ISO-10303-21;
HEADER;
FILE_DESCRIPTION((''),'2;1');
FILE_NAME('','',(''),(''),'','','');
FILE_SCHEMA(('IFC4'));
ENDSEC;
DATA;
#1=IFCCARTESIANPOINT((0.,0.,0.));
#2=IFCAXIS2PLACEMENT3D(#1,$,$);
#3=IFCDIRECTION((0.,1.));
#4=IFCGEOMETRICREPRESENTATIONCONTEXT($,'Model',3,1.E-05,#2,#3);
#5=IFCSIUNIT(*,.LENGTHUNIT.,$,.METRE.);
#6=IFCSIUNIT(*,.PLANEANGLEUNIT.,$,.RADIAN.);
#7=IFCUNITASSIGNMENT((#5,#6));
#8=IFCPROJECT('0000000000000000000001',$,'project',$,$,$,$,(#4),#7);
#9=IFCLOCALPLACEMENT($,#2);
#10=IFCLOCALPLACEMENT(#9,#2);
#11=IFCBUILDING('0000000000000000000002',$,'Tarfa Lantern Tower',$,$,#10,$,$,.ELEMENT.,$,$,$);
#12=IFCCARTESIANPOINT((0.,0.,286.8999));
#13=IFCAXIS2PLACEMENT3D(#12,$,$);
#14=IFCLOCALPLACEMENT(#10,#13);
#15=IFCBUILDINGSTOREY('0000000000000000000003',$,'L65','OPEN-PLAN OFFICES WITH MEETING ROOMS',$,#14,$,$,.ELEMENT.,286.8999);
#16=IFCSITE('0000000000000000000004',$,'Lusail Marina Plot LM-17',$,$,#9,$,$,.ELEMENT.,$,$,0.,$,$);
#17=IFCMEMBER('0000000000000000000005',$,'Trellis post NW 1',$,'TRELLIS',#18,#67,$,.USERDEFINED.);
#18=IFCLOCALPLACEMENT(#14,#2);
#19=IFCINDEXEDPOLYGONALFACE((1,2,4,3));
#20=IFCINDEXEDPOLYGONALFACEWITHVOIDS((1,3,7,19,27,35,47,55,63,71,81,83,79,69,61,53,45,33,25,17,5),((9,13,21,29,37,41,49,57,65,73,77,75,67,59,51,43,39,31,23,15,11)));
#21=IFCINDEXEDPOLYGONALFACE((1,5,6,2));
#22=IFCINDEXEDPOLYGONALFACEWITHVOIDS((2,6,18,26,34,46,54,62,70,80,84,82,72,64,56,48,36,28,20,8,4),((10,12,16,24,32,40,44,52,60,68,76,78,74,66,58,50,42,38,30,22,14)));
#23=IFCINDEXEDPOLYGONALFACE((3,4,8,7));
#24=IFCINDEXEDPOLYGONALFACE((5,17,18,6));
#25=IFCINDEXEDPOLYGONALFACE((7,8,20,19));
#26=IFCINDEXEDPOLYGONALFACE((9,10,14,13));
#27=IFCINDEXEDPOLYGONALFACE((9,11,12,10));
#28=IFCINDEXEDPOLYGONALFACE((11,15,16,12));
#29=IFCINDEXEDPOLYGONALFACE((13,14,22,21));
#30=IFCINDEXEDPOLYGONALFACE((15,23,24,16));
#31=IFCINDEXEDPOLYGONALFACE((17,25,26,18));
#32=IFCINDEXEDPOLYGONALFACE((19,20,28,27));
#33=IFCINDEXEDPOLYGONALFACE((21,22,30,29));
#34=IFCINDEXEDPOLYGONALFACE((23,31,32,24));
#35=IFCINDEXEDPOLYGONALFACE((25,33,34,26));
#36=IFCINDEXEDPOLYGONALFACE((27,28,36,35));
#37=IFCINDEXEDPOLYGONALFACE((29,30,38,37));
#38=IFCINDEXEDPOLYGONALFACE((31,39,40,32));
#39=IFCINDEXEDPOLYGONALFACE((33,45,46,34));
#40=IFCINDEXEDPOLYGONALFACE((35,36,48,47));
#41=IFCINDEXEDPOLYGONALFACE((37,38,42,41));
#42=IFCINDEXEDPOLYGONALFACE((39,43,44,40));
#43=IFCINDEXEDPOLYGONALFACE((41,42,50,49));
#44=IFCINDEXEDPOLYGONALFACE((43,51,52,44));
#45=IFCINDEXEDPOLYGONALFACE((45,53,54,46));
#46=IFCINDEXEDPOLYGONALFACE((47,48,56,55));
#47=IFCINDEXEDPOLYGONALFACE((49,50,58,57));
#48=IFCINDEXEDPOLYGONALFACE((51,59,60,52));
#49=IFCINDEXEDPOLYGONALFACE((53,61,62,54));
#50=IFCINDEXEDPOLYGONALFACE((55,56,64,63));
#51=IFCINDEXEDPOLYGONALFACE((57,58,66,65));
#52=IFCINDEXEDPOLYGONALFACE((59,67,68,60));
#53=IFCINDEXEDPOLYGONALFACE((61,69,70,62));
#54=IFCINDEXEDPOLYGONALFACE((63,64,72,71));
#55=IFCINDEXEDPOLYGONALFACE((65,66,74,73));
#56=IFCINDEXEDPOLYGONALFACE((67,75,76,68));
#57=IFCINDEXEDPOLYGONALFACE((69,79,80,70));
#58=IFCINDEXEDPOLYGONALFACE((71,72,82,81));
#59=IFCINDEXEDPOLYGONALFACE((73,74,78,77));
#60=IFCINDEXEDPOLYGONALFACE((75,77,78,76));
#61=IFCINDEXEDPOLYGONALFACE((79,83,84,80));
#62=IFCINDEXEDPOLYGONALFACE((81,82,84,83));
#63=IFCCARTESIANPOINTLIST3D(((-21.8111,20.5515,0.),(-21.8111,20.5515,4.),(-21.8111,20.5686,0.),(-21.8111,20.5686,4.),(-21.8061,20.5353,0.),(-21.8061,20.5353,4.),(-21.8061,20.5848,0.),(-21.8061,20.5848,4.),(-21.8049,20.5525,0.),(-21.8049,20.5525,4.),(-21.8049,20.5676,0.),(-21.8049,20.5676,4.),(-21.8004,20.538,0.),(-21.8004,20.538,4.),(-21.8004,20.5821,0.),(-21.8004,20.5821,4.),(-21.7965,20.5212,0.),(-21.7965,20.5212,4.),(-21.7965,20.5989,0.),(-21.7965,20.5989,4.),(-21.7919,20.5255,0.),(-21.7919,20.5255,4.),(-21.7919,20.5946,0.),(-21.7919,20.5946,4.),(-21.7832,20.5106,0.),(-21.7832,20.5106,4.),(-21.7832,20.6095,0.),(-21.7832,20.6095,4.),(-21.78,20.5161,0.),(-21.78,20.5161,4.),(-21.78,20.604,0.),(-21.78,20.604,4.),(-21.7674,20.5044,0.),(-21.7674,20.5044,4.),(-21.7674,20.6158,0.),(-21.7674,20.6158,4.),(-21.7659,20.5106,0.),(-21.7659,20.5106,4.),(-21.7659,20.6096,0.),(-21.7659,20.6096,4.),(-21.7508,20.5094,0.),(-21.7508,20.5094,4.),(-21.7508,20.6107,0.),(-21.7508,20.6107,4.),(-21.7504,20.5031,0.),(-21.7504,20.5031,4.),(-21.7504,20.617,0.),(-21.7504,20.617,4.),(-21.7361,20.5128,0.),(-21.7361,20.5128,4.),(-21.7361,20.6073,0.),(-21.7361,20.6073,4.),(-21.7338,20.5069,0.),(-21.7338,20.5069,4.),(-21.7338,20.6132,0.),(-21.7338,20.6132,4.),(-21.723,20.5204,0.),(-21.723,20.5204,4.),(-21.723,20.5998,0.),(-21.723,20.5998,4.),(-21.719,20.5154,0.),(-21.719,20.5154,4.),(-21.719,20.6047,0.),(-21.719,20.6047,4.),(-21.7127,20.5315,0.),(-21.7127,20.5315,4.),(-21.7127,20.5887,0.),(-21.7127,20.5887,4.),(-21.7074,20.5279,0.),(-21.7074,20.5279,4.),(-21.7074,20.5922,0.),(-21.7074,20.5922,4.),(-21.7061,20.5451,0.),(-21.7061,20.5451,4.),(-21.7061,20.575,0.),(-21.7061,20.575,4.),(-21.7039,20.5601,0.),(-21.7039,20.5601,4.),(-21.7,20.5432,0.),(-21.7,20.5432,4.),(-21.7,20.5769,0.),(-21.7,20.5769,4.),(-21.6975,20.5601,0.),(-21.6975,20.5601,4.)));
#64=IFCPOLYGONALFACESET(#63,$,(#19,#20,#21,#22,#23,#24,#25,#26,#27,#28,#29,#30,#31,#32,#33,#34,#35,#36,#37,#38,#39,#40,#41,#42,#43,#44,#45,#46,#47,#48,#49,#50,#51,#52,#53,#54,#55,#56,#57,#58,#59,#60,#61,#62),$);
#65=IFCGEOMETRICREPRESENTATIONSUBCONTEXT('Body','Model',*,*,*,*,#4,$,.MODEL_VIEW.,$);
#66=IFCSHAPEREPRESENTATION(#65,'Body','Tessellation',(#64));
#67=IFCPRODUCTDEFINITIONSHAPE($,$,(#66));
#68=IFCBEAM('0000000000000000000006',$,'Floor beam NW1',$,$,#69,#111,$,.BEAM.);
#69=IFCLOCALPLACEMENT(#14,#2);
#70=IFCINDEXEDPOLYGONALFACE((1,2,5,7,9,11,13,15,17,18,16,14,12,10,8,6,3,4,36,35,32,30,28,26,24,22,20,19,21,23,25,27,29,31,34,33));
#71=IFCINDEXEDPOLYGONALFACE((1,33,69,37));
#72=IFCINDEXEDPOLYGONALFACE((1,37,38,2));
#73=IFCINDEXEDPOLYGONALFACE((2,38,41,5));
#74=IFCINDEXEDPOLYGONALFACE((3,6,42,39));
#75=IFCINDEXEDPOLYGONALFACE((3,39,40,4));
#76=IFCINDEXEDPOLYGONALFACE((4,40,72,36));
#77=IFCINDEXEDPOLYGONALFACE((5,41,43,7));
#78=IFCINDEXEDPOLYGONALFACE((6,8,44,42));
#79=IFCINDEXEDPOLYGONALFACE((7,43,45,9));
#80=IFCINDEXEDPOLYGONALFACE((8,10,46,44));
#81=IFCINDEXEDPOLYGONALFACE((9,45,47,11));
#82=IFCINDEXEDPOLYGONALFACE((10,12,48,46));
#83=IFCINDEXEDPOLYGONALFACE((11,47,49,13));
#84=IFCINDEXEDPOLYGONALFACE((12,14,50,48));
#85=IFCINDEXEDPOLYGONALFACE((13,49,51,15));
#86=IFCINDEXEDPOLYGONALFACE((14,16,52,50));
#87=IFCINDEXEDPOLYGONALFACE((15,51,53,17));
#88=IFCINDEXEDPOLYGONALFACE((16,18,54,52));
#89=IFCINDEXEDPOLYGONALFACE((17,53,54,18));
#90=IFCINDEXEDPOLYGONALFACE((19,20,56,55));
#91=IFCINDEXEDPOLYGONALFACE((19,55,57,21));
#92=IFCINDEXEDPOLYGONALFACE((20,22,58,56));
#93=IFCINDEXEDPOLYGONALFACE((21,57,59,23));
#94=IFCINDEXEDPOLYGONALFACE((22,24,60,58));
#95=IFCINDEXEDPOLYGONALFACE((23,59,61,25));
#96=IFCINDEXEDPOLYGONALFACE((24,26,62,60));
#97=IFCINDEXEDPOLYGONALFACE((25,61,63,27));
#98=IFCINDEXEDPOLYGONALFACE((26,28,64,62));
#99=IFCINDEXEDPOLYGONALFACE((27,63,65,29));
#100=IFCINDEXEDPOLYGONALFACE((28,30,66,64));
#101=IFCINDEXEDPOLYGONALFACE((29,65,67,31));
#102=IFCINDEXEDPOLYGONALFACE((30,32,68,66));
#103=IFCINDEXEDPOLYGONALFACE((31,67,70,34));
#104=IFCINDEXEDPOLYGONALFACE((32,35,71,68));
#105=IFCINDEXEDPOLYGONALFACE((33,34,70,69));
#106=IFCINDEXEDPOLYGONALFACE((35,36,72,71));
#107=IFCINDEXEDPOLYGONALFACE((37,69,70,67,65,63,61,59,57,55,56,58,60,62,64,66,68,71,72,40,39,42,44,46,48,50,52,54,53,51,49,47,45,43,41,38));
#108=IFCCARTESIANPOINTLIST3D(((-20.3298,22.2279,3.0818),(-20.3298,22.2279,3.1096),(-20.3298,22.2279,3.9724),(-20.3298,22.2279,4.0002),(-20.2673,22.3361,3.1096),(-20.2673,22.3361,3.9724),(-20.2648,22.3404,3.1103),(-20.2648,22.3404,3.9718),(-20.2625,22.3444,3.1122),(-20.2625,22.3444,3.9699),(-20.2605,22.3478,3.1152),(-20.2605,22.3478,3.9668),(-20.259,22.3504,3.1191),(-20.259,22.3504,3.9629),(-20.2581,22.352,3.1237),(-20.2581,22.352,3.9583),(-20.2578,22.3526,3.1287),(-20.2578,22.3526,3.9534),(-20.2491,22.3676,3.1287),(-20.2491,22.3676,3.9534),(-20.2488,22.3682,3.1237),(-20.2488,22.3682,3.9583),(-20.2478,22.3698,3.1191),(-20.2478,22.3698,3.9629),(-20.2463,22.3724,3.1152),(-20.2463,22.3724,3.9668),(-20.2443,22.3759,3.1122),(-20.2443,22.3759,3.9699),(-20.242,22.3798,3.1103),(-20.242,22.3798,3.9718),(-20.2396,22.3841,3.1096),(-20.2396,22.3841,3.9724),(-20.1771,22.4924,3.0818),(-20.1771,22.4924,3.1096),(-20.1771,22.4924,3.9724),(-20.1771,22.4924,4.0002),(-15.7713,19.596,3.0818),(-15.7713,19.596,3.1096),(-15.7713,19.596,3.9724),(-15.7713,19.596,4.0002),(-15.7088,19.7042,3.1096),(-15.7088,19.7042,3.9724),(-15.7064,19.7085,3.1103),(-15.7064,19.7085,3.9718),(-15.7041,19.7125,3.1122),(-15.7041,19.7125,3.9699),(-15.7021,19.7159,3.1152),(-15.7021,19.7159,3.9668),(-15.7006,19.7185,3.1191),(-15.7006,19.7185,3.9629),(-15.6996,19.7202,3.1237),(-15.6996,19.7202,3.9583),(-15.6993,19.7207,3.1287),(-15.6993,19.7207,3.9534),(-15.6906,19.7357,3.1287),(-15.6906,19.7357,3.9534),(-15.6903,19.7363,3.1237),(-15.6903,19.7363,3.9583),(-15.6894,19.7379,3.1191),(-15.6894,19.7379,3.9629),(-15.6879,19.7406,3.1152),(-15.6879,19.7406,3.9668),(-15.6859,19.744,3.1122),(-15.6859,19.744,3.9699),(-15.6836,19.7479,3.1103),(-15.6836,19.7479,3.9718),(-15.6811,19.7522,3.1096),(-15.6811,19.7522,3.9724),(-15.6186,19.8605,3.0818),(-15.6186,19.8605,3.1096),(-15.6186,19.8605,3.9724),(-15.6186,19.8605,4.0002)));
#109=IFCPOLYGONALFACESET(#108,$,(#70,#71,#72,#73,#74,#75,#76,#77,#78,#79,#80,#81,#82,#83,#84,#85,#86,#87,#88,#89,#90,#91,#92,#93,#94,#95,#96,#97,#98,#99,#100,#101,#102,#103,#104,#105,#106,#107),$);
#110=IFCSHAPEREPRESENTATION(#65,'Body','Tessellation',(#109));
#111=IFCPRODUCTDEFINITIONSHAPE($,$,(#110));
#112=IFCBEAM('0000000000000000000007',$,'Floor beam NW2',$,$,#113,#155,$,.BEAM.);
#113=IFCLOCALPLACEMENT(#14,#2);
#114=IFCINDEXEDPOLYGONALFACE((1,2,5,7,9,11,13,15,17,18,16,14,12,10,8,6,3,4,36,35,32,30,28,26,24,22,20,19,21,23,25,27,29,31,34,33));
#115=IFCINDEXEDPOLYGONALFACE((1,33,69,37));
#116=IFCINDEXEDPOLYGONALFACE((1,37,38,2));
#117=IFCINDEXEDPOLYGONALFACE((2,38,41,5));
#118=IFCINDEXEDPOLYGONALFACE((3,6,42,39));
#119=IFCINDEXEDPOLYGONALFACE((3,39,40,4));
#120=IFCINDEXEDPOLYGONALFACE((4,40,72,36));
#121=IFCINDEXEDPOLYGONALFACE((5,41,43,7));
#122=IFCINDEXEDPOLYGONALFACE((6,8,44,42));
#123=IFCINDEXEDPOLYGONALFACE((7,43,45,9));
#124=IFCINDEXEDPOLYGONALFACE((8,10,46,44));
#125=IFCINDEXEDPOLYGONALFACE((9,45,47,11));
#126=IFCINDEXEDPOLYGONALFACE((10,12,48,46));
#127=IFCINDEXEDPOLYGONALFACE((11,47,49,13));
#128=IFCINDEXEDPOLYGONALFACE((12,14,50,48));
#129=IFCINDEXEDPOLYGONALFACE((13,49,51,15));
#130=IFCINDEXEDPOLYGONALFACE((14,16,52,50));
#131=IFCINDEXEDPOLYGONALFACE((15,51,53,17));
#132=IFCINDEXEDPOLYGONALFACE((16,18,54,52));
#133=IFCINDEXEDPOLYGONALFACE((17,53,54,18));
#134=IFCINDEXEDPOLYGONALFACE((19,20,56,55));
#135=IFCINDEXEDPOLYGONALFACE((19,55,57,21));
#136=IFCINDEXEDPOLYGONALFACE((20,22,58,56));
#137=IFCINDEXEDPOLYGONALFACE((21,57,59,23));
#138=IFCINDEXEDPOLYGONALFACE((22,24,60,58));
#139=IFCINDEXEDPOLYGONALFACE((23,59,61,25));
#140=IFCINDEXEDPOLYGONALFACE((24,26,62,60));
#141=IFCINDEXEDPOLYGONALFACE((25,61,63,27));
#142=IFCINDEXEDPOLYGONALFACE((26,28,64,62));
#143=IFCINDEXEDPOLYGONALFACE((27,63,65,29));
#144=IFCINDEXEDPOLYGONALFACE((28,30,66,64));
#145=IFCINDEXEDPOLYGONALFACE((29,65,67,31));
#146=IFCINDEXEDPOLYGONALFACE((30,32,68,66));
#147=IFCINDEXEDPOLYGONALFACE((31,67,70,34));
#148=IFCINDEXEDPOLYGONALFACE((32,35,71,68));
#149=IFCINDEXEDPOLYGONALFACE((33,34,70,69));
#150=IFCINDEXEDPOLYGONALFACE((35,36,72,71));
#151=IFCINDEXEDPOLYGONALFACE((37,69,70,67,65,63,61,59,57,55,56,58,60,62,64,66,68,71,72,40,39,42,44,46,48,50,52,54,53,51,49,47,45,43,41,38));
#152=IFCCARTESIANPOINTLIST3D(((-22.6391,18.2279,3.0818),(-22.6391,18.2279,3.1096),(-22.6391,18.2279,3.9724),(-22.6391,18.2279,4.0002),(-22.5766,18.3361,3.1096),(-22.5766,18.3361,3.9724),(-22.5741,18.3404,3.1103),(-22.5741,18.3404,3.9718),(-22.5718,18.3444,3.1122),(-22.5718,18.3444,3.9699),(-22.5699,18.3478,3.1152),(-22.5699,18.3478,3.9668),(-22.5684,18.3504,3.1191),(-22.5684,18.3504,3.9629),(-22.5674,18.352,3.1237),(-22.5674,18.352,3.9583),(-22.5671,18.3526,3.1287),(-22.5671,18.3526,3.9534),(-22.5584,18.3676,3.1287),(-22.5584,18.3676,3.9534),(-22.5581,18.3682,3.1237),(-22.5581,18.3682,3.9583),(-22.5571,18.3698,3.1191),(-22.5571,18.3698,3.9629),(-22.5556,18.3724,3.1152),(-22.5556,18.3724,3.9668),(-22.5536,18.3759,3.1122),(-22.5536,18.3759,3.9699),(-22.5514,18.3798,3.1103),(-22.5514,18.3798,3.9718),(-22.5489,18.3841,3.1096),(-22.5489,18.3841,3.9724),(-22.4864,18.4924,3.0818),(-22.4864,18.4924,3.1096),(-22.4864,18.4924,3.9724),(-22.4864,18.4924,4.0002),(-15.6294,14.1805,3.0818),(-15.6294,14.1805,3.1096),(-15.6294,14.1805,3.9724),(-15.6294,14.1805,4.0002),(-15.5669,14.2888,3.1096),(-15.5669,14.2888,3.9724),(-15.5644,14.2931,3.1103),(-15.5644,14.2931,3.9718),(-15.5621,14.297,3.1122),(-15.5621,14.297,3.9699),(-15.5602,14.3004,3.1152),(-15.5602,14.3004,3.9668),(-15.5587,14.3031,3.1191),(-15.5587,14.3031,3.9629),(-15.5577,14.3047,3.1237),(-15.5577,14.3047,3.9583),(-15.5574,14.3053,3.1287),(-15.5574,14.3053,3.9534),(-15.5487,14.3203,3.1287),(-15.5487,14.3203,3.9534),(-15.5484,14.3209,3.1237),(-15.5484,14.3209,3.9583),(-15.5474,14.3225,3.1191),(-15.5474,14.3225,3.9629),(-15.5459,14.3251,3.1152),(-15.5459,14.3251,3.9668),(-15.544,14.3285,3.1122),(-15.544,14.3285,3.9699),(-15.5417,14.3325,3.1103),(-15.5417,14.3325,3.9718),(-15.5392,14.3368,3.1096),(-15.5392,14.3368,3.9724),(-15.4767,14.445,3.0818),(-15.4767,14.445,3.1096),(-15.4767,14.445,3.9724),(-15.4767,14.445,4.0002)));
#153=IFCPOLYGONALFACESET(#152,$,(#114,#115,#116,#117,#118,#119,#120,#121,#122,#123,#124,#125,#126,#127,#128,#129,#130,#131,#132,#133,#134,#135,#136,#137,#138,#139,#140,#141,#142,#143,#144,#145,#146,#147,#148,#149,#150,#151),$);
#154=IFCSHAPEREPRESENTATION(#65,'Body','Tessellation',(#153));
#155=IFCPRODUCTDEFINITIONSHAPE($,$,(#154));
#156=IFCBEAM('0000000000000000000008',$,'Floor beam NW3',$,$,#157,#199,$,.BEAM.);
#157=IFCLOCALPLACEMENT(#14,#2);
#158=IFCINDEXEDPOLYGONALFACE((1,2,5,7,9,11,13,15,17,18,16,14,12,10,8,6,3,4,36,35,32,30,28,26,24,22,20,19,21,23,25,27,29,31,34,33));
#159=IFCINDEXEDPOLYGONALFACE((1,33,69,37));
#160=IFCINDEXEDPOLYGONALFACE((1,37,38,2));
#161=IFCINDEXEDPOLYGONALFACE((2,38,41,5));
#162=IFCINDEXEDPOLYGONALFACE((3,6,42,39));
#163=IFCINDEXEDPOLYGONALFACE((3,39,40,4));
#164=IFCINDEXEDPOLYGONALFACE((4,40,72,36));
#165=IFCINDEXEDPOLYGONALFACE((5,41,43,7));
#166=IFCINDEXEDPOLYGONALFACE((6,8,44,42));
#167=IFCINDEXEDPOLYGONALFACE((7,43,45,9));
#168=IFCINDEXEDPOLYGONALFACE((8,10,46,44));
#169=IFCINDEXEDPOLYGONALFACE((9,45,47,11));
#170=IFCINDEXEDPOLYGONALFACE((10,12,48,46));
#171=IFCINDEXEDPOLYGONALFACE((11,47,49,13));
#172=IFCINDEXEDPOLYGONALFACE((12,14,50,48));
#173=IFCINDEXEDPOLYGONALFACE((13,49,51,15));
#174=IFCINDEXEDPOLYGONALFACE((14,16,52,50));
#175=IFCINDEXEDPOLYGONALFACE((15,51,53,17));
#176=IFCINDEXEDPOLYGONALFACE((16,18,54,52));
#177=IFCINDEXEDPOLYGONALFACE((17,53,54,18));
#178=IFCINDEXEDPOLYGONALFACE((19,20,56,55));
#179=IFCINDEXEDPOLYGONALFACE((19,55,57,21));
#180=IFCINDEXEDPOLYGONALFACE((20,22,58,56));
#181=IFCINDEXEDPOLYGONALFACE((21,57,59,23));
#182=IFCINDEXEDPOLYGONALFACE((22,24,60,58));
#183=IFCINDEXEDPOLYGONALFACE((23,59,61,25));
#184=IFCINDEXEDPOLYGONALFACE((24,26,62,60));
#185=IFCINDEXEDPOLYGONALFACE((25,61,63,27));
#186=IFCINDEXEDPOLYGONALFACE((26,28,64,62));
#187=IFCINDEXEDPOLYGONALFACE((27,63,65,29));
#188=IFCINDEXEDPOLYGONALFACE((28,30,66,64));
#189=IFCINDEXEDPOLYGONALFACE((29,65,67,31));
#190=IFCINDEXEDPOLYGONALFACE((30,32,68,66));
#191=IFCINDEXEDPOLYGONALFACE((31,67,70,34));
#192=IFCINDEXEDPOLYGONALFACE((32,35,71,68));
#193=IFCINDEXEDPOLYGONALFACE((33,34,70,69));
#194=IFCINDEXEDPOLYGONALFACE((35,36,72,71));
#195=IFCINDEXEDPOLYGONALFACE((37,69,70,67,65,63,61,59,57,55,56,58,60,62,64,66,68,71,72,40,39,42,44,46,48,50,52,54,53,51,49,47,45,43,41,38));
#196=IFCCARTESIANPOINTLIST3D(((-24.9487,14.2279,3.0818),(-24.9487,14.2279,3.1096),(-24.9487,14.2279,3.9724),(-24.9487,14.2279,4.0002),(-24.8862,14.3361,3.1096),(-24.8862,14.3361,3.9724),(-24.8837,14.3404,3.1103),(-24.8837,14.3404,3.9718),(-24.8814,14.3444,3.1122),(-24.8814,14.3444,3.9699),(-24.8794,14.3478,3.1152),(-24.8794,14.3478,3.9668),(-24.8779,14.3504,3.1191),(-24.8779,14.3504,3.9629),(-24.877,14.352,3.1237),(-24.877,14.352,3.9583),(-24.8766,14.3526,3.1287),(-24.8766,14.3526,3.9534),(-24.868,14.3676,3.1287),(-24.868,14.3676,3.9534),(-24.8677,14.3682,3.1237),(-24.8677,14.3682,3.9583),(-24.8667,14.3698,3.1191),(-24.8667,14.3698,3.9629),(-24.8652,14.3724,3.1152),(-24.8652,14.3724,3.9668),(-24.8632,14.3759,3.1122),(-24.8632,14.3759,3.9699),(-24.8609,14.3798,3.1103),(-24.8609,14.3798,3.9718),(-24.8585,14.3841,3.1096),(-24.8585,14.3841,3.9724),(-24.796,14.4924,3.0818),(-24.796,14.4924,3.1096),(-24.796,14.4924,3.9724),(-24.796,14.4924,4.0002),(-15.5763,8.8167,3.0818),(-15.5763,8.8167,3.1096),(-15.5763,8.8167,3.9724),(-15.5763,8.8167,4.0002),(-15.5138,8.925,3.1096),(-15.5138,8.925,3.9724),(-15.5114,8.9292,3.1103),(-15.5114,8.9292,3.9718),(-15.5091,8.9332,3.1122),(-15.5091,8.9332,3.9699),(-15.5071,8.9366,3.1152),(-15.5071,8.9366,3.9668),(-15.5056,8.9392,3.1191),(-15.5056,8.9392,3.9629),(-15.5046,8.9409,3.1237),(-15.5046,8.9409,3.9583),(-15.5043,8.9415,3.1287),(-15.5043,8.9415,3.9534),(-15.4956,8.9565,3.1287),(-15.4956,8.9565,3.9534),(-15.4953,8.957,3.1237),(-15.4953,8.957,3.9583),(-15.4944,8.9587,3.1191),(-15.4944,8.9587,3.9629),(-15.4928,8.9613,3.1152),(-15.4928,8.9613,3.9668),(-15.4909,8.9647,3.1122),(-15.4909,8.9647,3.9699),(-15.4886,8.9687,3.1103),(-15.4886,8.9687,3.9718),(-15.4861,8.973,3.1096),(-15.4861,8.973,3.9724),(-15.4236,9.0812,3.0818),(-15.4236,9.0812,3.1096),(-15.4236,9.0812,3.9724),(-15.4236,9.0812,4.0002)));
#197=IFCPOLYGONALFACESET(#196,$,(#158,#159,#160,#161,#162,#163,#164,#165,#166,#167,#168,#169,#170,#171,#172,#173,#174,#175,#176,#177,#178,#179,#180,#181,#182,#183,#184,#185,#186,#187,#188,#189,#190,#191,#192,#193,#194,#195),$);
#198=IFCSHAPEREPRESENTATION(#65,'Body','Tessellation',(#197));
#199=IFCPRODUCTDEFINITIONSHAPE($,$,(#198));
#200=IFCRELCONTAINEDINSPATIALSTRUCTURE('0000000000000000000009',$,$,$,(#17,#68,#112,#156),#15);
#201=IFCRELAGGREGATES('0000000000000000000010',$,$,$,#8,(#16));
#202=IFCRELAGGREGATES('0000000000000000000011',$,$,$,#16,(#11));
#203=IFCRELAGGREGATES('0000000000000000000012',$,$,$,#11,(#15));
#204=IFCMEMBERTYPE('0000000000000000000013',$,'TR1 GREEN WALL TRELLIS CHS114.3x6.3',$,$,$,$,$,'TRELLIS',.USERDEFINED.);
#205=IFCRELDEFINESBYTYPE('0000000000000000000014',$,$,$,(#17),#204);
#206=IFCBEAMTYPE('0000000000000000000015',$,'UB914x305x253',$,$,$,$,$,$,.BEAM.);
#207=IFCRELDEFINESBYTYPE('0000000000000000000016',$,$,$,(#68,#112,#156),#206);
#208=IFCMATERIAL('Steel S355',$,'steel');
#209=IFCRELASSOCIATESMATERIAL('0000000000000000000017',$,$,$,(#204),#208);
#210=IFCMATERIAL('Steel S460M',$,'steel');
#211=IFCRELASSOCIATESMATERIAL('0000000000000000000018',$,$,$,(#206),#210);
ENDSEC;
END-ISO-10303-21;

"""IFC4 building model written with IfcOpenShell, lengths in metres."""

from ifc_helpers import new_model, si_unit, direction, frame, origin, origin_2d, place, context, subcontext, project, spatial, hollow_circle, i_section, extrude, material, material_profile, profile_set, type_object, element, save


model = new_model("IFC4")

# Units and contexts
model_context = context("Model", 3, precision=1e-05, world=origin(), true_north=direction((0.0, 1.0)))
body_context = subcontext(model_context, "Body", "Model", "MODEL_VIEW")
ifc_project = project(units=[si_unit("LENGTHUNIT", "METRE"), si_unit("PLANEANGLEUNIT", "RADIAN")], contexts=[model_context])

# Site, building, storey
site_placement = place(None, origin())
site = spatial("IfcSite", under=ifc_project, at=site_placement, Name="Lusail Marina Plot LM-17", CompositionType="ELEMENT", RefElevation=0.0)
building_placement = place(site_placement, origin())
building = spatial("IfcBuilding", under=site, at=building_placement, Name="Tarfa Lantern Tower", CompositionType="ELEMENT")
storey_placement = place(building_placement, frame((0.0, 0.0, 286.8999)))
storey = spatial("IfcBuildingStorey", under=building, at=storey_placement, Name="L65", Description="OPEN-PLAN OFFICES WITH MEETING ROOMS", CompositionType="ELEMENT", Elevation=286.8999)

# Member
ifc_material_1 = material(Name="Steel S355", Category="steel")
ifc_material_profile_1 = material_profile(ifc_material_1, hollow_circle(Radius=0.0571, WallThickness=0.0063, at=origin_2d()), Name="CHS114.3x6.3")
ifc_profile_set_1 = profile_set([ifc_material_profile_1], Name="Steel S355")
member_type_1 = type_object("IfcMemberType", Name="TR1 GREEN WALL TRELLIS CHS114.3x6.3", ElementType="TRELLIS", PredefinedType="USERDEFINED", material=ifc_profile_set_1)
member_1_placement = place(storey_placement, frame((-21.7546, 20.5601, 0.0), z_axis=(0.0, 0.0, 1.0), x_axis=(1.0, 0.0, 0.0)))
element("IfcMember", 1, at=member_1_placement, inside=storey, type_object=member_type_1, Name="Trellis post NW 1", ObjectType="TRELLIS", PredefinedType="USERDEFINED", context=body_context, shape_type="SweptSolid", body=[
    extrude(hollow_circle(Radius=0.0571, WallThickness=0.0063, at=origin_2d()), origin(), (0.0, 0.0, 1.0), 4.0),
])

# Beams
ifc_material_2 = material(Name="Steel S460M", Category="steel")
ifc_material_profile_2 = material_profile(ifc_material_2, i_section(OverallWidth=0.3054, OverallDepth=0.9185, WebThickness=0.0173, FlangeThickness=0.0278, FilletRadius=0.019, at=origin_2d()), Name="UB914x305x253")
ifc_profile_set_2 = profile_set([ifc_material_profile_2], Name="Steel S460M")
beam_type_1 = type_object("IfcBeamType", Name="UB914x305x253", PredefinedType="BEAM", material=ifc_profile_set_2)
beam_1_placement = place(storey_placement, frame((-20.2534, 22.3601, 3.541), z_axis=(0.86602, -0.50001, 0.0), x_axis=(0.50001, 0.86602, 0.0)))
element("IfcBeam", 2, at=beam_1_placement, inside=storey, type_object=beam_type_1, Name="Floor beam NW1", PredefinedType="BEAM", context=body_context, shape_type="SweptSolid", body=[
    extrude(i_section(OverallWidth=0.3054, OverallDepth=0.9185, WebThickness=0.0173, FlangeThickness=0.0278, FilletRadius=0.019, at=origin_2d()), origin(), (0.0, 0.0, 1.0), 5.2637),
])
beam_2_placement = place(storey_placement, frame((-22.5627, 18.3601, 3.541), z_axis=(0.866011, -0.500025, 0.0), x_axis=(0.500025, 0.866011, 0.0)))
element("IfcBeam", 3, at=beam_2_placement, inside=storey, type_object=beam_type_1, Name="Floor beam NW2", PredefinedType="BEAM", context=body_context, shape_type="SweptSolid", body=[
    extrude(i_section(OverallWidth=0.3054, OverallDepth=0.9185, WebThickness=0.0173, FlangeThickness=0.0278, FilletRadius=0.019, at=origin_2d()), origin(), (0.0, 0.0, 1.0), 8.0942),
])
beam_3_placement = place(storey_placement, frame((-24.8723, 14.3601, 3.541), z_axis=(0.866024, -0.500002, 0.0), x_axis=(0.500002, 0.866024, 0.0)))
element("IfcBeam", 4, at=beam_3_placement, inside=storey, type_object=beam_type_1, Name="Floor beam NW3", PredefinedType="BEAM", context=body_context, shape_type="SweptSolid", body=[
    extrude(i_section(OverallWidth=0.3054, OverallDepth=0.9185, WebThickness=0.0173, FlangeThickness=0.0278, FilletRadius=0.019, at=origin_2d()), origin(), (0.0, 0.0, 1.0), 10.8223),
])

save(model, "model.ifc")
